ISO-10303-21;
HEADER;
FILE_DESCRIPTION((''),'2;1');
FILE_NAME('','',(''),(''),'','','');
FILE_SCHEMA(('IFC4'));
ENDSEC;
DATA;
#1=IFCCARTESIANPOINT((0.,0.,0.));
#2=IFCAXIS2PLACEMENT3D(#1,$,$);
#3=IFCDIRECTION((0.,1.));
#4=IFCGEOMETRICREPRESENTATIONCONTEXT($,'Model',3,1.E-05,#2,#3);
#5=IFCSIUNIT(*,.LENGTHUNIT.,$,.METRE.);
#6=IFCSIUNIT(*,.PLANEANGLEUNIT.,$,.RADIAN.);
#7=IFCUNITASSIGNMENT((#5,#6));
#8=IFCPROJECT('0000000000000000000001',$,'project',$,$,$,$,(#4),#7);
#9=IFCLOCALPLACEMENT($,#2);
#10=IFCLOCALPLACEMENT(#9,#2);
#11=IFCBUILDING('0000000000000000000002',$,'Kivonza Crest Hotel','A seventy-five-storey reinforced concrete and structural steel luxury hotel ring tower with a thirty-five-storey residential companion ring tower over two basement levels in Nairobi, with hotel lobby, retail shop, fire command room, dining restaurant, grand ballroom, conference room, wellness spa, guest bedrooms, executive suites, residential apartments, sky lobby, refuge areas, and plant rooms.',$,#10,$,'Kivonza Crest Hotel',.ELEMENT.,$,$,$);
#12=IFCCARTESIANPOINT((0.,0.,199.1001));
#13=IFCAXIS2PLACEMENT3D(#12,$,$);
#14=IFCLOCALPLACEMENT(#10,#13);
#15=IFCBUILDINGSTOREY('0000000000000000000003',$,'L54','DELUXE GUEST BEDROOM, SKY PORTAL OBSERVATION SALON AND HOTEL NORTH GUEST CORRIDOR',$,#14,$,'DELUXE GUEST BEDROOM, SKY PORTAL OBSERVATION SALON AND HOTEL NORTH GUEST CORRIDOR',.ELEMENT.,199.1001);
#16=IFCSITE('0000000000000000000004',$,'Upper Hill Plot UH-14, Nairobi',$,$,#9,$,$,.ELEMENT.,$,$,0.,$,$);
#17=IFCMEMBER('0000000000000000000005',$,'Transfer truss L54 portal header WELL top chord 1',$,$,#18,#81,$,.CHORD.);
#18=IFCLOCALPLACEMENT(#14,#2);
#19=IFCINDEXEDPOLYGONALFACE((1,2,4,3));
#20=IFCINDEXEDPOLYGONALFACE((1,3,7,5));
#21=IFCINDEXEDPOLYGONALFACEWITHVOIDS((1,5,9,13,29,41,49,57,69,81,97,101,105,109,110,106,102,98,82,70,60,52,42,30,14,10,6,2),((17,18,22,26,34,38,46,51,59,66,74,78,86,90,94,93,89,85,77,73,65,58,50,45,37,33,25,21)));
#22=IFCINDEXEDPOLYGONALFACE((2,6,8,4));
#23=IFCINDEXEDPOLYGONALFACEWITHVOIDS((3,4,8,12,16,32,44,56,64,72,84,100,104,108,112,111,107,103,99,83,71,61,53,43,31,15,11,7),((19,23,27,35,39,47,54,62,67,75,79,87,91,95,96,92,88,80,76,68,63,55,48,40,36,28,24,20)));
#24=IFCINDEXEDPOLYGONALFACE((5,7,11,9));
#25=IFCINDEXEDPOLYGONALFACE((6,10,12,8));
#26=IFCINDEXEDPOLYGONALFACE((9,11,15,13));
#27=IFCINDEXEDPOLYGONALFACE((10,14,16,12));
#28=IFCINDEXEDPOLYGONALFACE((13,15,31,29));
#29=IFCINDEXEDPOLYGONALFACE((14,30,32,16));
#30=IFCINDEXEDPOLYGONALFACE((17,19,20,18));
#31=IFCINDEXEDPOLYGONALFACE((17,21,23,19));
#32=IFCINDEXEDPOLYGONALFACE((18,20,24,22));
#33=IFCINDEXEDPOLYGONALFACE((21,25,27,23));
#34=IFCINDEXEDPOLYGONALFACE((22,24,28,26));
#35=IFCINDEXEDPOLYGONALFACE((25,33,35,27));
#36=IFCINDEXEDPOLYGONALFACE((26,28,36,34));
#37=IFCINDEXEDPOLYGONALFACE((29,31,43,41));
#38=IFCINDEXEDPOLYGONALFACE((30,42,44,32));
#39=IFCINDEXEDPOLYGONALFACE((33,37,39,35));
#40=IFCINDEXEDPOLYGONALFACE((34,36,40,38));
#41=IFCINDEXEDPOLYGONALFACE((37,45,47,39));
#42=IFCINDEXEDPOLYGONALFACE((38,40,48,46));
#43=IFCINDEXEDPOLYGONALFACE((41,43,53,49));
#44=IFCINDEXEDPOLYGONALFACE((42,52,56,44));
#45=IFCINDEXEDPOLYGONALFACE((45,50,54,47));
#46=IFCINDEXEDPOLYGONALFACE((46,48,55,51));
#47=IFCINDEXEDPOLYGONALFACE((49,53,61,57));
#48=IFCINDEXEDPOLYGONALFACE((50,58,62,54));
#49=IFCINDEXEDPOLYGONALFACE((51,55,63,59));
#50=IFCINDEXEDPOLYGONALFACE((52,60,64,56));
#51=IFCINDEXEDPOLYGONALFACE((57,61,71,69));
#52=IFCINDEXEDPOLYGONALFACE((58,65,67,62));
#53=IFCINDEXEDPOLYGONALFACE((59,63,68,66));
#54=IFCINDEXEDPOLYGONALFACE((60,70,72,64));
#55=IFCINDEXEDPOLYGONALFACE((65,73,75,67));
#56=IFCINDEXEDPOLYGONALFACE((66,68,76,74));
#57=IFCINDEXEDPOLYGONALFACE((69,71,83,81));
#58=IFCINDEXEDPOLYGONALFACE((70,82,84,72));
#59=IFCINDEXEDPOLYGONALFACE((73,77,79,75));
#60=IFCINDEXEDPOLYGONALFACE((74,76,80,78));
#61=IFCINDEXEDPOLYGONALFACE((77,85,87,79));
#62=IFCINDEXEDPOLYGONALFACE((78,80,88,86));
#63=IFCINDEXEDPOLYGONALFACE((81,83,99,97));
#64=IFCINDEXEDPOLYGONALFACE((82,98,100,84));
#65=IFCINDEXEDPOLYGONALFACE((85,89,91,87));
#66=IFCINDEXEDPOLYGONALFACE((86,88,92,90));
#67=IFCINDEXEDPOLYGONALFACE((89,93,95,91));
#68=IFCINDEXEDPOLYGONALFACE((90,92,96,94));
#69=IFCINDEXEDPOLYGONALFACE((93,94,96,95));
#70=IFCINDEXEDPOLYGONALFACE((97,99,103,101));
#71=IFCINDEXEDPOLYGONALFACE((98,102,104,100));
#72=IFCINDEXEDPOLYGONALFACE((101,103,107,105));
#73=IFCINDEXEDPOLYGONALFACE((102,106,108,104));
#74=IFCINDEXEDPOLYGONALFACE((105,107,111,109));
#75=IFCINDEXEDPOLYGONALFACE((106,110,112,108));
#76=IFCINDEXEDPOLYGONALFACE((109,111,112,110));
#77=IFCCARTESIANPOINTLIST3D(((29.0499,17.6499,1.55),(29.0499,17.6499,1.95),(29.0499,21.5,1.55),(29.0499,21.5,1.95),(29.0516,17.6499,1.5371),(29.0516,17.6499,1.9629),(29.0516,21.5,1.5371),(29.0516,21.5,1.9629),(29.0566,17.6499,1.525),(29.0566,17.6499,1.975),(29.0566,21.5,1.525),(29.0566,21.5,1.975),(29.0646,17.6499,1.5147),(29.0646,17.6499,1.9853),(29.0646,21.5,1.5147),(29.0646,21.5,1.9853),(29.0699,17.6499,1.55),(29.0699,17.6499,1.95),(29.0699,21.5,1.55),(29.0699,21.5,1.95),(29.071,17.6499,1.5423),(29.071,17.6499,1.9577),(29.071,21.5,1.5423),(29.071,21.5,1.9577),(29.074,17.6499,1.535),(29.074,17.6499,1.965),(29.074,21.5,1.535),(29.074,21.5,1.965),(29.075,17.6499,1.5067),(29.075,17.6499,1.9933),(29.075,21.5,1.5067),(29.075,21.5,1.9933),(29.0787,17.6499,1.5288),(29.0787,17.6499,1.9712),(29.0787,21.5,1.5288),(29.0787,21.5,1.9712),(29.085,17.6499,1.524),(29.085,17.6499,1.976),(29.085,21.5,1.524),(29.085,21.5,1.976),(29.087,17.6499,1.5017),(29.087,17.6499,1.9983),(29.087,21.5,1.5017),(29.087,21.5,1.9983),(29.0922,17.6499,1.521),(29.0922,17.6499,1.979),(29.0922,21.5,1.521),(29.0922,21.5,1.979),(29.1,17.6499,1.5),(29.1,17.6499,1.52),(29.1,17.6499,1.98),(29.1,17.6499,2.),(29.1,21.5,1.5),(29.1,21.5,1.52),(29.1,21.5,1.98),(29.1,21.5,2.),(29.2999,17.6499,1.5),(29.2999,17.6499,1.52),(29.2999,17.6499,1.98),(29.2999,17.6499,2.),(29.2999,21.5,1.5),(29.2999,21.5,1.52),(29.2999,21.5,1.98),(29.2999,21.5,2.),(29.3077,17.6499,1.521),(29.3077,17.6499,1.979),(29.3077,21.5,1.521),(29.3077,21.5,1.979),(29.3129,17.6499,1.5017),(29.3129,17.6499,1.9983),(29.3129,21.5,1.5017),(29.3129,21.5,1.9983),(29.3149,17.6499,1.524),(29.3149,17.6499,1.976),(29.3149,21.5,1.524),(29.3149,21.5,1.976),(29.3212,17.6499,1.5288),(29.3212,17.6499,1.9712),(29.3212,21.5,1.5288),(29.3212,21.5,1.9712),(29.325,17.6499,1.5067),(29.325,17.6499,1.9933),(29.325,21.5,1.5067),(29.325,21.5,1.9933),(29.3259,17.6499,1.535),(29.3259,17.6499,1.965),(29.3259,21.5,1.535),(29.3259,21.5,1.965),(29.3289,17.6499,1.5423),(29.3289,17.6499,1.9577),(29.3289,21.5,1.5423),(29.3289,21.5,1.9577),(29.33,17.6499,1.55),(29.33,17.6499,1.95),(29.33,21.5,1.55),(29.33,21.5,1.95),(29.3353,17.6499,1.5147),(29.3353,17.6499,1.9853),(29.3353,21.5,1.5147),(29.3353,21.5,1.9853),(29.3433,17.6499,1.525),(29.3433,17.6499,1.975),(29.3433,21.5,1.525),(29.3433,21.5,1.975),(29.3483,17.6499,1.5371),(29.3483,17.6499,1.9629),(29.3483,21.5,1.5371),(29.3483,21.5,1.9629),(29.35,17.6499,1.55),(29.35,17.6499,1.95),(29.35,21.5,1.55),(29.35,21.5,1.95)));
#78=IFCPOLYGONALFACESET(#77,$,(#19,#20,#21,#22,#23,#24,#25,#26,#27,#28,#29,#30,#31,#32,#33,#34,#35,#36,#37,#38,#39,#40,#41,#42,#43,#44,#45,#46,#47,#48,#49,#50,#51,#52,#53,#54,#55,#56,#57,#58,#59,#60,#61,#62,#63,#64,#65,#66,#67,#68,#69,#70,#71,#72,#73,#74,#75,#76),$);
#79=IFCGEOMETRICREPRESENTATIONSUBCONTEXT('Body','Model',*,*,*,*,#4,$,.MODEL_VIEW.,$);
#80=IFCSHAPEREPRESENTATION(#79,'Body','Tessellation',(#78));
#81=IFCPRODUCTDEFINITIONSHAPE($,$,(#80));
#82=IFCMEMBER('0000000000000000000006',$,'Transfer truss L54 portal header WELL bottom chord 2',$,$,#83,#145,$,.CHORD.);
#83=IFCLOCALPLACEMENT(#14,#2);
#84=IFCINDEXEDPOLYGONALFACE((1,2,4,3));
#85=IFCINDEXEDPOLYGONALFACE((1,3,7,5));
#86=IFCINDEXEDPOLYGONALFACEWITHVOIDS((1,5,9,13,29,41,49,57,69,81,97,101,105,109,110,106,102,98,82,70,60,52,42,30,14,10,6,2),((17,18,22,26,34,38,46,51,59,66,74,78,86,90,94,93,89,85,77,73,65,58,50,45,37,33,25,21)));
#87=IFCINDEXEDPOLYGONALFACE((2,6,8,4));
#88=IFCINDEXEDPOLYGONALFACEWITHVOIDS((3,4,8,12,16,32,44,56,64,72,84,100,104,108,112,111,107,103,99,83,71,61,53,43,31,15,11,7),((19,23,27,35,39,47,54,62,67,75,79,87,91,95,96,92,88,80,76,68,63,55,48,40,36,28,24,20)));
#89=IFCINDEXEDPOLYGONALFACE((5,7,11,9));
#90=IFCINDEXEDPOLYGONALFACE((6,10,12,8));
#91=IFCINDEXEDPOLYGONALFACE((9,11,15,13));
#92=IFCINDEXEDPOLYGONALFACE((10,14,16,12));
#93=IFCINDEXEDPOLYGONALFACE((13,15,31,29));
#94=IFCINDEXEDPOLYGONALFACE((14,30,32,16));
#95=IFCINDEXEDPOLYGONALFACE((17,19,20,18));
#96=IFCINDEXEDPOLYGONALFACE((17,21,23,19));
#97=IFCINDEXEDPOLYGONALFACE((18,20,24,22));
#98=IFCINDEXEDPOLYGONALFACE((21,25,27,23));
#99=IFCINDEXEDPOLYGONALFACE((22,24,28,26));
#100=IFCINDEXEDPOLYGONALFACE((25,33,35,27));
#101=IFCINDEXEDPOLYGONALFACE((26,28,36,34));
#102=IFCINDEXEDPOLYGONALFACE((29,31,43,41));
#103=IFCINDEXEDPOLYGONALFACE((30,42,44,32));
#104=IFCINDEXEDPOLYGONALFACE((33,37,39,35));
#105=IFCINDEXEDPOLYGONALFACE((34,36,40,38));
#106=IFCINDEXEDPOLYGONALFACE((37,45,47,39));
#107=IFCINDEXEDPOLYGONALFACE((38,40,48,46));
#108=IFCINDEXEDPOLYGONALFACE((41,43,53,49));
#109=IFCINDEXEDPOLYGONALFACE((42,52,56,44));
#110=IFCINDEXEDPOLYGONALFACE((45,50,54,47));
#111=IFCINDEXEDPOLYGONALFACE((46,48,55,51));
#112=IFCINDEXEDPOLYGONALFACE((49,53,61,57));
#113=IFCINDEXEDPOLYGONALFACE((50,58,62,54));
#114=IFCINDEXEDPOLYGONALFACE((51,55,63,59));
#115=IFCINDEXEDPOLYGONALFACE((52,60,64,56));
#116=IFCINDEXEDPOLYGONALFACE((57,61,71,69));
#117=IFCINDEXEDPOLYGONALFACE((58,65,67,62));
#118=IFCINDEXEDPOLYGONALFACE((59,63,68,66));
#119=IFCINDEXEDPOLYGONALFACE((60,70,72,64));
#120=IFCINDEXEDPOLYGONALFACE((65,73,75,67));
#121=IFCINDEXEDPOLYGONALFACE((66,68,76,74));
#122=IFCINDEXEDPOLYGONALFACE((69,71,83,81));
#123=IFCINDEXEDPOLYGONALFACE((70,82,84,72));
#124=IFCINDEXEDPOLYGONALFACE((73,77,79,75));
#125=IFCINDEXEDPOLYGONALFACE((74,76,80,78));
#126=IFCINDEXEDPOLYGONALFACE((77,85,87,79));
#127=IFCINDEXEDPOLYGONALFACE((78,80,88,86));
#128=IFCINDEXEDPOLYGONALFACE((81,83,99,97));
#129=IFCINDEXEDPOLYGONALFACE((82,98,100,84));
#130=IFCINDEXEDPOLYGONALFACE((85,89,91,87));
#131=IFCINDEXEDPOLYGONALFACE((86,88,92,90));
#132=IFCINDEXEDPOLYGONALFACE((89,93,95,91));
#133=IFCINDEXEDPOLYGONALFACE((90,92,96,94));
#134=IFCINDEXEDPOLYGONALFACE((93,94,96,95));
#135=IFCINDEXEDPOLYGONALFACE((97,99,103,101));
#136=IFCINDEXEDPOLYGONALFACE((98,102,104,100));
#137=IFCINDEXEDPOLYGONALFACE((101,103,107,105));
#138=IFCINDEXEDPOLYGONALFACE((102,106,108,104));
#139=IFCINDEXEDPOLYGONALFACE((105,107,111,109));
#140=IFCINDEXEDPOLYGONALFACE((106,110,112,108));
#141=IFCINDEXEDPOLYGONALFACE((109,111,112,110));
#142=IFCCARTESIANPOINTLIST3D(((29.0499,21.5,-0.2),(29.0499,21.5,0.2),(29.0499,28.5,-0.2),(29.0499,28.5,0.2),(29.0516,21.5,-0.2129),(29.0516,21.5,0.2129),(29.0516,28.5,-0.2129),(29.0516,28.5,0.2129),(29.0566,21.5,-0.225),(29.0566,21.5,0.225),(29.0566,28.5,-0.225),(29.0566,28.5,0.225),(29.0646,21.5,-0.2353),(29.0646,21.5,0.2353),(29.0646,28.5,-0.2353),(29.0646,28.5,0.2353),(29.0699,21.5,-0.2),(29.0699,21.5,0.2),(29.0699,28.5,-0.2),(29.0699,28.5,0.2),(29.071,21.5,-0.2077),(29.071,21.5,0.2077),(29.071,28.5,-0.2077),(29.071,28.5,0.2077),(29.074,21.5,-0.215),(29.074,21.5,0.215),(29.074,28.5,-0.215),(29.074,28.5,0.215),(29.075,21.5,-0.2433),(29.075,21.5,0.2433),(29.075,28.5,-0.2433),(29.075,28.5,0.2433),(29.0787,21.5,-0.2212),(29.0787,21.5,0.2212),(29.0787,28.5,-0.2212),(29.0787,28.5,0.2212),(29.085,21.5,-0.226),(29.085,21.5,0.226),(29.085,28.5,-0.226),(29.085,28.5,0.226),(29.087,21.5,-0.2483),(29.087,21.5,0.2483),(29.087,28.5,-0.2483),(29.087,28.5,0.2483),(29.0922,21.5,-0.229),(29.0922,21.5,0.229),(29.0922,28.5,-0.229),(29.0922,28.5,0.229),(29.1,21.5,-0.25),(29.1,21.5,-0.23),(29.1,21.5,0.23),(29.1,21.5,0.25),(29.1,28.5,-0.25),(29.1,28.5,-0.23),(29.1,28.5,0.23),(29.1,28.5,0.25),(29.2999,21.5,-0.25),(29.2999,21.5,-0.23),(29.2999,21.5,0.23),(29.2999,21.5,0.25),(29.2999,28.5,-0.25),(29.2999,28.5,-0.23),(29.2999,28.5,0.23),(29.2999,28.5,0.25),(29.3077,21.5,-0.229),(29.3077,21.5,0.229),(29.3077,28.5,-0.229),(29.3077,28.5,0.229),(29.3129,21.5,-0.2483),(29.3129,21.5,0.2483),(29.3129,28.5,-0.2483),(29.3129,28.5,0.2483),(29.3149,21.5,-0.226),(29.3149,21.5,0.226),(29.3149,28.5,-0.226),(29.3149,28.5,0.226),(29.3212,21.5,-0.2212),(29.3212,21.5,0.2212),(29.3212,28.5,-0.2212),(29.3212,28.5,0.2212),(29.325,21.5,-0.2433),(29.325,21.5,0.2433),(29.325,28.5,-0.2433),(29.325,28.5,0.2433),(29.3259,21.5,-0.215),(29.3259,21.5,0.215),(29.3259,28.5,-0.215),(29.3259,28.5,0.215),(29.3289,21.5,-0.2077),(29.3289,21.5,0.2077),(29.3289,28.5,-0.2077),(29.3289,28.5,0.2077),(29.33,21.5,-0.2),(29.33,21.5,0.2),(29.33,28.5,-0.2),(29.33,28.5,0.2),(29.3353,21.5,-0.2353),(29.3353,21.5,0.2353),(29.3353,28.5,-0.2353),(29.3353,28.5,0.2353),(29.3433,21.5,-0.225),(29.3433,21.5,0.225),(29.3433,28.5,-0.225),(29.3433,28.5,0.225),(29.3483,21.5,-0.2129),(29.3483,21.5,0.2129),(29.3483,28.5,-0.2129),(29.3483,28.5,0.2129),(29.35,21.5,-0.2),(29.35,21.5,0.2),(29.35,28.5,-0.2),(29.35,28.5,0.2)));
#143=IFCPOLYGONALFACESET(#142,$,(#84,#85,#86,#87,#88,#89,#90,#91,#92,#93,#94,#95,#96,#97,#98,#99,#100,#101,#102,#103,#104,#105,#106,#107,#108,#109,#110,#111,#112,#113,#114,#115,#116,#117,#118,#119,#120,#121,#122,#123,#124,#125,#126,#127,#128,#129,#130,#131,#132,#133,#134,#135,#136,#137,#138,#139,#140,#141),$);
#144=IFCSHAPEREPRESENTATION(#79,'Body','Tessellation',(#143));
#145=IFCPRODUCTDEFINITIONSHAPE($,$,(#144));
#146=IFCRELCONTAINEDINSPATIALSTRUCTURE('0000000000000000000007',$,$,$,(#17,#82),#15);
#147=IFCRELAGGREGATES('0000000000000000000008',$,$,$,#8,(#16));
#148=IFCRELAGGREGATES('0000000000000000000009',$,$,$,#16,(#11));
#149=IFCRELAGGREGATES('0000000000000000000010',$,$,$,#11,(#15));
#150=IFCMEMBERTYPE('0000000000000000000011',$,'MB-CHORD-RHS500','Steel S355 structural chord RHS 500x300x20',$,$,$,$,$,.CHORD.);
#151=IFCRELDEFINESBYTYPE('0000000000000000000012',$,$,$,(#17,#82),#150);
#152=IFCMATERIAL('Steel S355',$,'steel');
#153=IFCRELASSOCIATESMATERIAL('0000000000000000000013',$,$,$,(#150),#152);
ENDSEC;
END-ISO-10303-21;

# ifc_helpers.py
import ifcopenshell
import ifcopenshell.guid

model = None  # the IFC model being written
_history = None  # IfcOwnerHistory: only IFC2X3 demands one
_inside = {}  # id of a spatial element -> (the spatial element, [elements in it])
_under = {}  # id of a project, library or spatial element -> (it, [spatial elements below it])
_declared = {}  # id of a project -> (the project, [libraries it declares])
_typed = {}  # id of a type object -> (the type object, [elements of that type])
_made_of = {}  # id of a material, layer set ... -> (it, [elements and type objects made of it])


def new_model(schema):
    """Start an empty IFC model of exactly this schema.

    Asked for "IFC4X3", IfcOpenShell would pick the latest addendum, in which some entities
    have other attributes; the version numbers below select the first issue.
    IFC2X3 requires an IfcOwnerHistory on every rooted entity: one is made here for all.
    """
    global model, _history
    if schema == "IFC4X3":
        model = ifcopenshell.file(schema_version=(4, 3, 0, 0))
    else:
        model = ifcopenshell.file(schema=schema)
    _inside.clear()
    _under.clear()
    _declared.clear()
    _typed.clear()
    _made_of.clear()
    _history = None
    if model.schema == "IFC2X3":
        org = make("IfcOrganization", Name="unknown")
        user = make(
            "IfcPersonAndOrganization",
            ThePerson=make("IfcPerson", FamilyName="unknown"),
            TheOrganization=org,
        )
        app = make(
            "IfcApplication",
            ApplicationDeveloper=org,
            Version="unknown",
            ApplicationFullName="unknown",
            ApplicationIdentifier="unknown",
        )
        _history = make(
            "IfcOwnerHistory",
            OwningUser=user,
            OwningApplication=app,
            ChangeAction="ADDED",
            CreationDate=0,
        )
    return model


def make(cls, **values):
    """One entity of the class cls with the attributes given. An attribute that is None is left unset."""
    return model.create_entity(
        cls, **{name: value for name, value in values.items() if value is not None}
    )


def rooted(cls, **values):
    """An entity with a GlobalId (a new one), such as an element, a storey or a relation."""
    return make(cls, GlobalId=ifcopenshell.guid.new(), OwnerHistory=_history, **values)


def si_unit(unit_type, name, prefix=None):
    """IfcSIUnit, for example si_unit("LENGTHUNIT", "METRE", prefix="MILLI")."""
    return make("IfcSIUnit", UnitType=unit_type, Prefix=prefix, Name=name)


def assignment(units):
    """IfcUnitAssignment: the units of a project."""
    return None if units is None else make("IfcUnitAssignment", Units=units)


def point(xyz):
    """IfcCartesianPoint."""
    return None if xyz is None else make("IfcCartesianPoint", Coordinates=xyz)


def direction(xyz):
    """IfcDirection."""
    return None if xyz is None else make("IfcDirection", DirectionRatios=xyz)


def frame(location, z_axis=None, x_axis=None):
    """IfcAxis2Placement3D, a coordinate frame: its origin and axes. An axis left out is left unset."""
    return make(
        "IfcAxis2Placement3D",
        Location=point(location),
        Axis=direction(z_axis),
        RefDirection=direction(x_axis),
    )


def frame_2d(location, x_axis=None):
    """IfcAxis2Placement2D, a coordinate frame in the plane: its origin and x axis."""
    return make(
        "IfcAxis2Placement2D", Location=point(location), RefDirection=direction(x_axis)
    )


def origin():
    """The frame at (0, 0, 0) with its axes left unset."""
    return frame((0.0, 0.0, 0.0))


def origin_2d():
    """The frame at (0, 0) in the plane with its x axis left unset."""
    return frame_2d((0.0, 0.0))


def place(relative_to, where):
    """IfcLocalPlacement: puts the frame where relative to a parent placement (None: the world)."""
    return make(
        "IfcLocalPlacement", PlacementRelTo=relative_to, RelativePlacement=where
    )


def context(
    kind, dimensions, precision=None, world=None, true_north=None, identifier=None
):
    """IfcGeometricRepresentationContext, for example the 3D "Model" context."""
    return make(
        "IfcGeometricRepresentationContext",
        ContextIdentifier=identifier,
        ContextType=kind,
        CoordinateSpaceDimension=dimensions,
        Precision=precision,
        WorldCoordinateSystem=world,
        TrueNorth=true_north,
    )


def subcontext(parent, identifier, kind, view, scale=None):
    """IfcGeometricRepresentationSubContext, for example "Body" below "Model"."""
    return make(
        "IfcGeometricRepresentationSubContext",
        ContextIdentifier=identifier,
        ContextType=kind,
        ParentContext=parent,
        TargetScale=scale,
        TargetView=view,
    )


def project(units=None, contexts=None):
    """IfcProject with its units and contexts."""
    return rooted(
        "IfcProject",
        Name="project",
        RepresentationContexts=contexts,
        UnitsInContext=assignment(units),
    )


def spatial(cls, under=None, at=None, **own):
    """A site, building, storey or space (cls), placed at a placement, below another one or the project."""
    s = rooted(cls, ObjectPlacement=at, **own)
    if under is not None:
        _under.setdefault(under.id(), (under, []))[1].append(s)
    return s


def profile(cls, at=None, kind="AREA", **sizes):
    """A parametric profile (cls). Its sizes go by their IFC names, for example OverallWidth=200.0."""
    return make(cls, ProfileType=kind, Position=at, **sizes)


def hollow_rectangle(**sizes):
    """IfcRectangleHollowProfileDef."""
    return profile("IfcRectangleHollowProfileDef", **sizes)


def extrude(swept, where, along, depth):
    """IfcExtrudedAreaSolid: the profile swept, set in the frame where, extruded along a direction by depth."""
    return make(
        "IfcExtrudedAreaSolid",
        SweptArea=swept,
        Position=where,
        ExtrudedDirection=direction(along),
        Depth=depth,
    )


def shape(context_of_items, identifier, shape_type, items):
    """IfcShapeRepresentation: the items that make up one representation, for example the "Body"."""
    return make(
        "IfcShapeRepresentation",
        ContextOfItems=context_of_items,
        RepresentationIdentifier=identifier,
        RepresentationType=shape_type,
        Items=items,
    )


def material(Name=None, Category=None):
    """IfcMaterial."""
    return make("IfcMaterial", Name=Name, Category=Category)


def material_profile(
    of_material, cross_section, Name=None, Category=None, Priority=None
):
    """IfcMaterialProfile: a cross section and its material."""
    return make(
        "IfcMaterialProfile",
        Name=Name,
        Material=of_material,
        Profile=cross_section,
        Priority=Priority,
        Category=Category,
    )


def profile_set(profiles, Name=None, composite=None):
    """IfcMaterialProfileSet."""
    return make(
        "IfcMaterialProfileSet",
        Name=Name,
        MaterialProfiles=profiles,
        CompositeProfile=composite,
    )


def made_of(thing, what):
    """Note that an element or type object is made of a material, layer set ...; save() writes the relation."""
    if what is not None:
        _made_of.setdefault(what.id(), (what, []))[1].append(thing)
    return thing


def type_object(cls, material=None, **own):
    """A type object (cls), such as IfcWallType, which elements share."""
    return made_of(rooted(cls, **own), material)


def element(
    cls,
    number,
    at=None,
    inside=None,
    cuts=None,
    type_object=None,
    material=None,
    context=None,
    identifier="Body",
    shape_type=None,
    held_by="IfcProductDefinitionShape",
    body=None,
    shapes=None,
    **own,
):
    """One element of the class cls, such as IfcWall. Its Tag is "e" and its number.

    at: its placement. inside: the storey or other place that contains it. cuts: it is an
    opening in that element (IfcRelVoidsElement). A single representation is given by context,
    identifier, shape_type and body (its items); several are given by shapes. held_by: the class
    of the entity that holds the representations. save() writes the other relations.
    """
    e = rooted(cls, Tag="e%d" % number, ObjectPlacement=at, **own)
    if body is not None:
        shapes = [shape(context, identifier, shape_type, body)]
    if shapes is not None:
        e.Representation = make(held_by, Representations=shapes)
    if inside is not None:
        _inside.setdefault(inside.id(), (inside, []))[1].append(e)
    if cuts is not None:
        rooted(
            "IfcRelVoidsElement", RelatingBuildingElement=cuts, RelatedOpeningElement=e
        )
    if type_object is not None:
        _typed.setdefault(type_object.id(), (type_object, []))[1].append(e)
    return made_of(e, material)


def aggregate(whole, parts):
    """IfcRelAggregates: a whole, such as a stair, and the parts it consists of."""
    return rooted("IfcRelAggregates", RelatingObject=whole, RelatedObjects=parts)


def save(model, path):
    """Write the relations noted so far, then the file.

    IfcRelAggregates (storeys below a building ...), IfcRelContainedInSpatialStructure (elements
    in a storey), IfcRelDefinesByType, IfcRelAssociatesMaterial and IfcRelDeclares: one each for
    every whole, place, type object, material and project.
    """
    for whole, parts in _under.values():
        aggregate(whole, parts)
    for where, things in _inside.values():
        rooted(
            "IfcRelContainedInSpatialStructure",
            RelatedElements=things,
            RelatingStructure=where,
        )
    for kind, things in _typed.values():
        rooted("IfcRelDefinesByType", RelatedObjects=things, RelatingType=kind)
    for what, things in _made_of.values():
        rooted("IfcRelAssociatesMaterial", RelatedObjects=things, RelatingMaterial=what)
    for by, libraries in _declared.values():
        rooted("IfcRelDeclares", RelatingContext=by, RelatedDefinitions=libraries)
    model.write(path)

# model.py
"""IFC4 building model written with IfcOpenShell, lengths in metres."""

from ifc_helpers import new_model, si_unit, direction, frame, origin, origin_2d, place, context, subcontext, project, spatial, hollow_rectangle, extrude, material, material_profile, profile_set, type_object, element, save


model = new_model("IFC4")

# Units and contexts
model_context = context("Model", 3, precision=1e-05, world=origin(), true_north=direction((0.0, 1.0)))
body_context = subcontext(model_context, "Body", "Model", "MODEL_VIEW")
ifc_project = project(units=[si_unit("LENGTHUNIT", "METRE"), si_unit("PLANEANGLEUNIT", "RADIAN")], contexts=[model_context])

# Site, building, storey
site_placement = place(None, origin())
site = spatial("IfcSite", under=ifc_project, at=site_placement, Name="Upper Hill Plot UH-14, Nairobi", CompositionType="ELEMENT", RefElevation=0.0)
building_placement = place(site_placement, origin())
building = spatial("IfcBuilding", under=site, at=building_placement, Name="Kivonza Crest Hotel", Description="A seventy-five-storey reinforced concrete and structural steel luxury hotel ring tower with a thirty-five-storey residential companion ring tower over two basement levels in Nairobi, with hotel lobby, retail shop, fire command room, dining restaurant, grand ballroom, conference room, wellness spa, guest bedrooms, executive suites, residential apartments, sky lobby, refuge areas, and plant rooms.", LongName="Kivonza Crest Hotel", CompositionType="ELEMENT")
storey_placement = place(building_placement, frame((0.0, 0.0, 199.1001)))
storey = spatial("IfcBuildingStorey", under=building, at=storey_placement, Name="L54", Description="DELUXE GUEST BEDROOM, SKY PORTAL OBSERVATION SALON AND HOTEL NORTH GUEST CORRIDOR", LongName="DELUXE GUEST BEDROOM, SKY PORTAL OBSERVATION SALON AND HOTEL NORTH GUEST CORRIDOR", CompositionType="ELEMENT", Elevation=199.1001)

# Shared definitions
ifc_material_1 = material(Name="Steel S355", Category="steel")

# Members
ifc_material_profile_1 = material_profile(ifc_material_1, hollow_rectangle(XDim=0.3, YDim=0.5, WallThickness=0.02, InnerFilletRadius=0.03, OuterFilletRadius=0.05, at=origin_2d()), Name="RHS 500x300x20")
ifc_profile_set_1 = profile_set([ifc_material_profile_1], Name="Steel S355")
member_type_1 = type_object("IfcMemberType", Name="MB-CHORD-RHS500", Description="Steel S355 structural chord RHS 500x300x20", PredefinedType="CHORD", material=ifc_profile_set_1)
for number, where, z_axis, x_axis, name in (
    (1, (29.2, 17.6499, 1.75), (0.0, 1.0, 0.0), (-1.0, 0.0, 0.0), "Transfer truss L54 portal header WELL top chord 1"),
):
    element("IfcMember", number, at=place(storey_placement, frame(where, z_axis=z_axis, x_axis=x_axis)), inside=storey, type_object=member_type_1, Name=name, PredefinedType="CHORD", context=body_context, shape_type="SweptSolid", body=[
        extrude(hollow_rectangle(XDim=0.3, YDim=0.5, WallThickness=0.02, InnerFilletRadius=0.03, OuterFilletRadius=0.05, at=origin_2d()), origin(), (0.0, 0.0, 1.0), 3.8501),
    ])
for number, where, z_axis, x_axis, name in (
    (2, (29.2, 21.5, 0.0), (0.0, 1.0, 0.0), (-1.0, 0.0, 0.0), "Transfer truss L54 portal header WELL bottom chord 2"),
):
    element("IfcMember", number, at=place(storey_placement, frame(where, z_axis=z_axis, x_axis=x_axis)), inside=storey, type_object=member_type_1, Name=name, PredefinedType="CHORD", context=body_context, shape_type="SweptSolid", body=[
        extrude(hollow_rectangle(XDim=0.3, YDim=0.5, WallThickness=0.02, InnerFilletRadius=0.03, OuterFilletRadius=0.05, at=origin_2d()), origin(), (0.0, 0.0, 1.0), 7.0),
    ])

save(model, "model.ifc")
